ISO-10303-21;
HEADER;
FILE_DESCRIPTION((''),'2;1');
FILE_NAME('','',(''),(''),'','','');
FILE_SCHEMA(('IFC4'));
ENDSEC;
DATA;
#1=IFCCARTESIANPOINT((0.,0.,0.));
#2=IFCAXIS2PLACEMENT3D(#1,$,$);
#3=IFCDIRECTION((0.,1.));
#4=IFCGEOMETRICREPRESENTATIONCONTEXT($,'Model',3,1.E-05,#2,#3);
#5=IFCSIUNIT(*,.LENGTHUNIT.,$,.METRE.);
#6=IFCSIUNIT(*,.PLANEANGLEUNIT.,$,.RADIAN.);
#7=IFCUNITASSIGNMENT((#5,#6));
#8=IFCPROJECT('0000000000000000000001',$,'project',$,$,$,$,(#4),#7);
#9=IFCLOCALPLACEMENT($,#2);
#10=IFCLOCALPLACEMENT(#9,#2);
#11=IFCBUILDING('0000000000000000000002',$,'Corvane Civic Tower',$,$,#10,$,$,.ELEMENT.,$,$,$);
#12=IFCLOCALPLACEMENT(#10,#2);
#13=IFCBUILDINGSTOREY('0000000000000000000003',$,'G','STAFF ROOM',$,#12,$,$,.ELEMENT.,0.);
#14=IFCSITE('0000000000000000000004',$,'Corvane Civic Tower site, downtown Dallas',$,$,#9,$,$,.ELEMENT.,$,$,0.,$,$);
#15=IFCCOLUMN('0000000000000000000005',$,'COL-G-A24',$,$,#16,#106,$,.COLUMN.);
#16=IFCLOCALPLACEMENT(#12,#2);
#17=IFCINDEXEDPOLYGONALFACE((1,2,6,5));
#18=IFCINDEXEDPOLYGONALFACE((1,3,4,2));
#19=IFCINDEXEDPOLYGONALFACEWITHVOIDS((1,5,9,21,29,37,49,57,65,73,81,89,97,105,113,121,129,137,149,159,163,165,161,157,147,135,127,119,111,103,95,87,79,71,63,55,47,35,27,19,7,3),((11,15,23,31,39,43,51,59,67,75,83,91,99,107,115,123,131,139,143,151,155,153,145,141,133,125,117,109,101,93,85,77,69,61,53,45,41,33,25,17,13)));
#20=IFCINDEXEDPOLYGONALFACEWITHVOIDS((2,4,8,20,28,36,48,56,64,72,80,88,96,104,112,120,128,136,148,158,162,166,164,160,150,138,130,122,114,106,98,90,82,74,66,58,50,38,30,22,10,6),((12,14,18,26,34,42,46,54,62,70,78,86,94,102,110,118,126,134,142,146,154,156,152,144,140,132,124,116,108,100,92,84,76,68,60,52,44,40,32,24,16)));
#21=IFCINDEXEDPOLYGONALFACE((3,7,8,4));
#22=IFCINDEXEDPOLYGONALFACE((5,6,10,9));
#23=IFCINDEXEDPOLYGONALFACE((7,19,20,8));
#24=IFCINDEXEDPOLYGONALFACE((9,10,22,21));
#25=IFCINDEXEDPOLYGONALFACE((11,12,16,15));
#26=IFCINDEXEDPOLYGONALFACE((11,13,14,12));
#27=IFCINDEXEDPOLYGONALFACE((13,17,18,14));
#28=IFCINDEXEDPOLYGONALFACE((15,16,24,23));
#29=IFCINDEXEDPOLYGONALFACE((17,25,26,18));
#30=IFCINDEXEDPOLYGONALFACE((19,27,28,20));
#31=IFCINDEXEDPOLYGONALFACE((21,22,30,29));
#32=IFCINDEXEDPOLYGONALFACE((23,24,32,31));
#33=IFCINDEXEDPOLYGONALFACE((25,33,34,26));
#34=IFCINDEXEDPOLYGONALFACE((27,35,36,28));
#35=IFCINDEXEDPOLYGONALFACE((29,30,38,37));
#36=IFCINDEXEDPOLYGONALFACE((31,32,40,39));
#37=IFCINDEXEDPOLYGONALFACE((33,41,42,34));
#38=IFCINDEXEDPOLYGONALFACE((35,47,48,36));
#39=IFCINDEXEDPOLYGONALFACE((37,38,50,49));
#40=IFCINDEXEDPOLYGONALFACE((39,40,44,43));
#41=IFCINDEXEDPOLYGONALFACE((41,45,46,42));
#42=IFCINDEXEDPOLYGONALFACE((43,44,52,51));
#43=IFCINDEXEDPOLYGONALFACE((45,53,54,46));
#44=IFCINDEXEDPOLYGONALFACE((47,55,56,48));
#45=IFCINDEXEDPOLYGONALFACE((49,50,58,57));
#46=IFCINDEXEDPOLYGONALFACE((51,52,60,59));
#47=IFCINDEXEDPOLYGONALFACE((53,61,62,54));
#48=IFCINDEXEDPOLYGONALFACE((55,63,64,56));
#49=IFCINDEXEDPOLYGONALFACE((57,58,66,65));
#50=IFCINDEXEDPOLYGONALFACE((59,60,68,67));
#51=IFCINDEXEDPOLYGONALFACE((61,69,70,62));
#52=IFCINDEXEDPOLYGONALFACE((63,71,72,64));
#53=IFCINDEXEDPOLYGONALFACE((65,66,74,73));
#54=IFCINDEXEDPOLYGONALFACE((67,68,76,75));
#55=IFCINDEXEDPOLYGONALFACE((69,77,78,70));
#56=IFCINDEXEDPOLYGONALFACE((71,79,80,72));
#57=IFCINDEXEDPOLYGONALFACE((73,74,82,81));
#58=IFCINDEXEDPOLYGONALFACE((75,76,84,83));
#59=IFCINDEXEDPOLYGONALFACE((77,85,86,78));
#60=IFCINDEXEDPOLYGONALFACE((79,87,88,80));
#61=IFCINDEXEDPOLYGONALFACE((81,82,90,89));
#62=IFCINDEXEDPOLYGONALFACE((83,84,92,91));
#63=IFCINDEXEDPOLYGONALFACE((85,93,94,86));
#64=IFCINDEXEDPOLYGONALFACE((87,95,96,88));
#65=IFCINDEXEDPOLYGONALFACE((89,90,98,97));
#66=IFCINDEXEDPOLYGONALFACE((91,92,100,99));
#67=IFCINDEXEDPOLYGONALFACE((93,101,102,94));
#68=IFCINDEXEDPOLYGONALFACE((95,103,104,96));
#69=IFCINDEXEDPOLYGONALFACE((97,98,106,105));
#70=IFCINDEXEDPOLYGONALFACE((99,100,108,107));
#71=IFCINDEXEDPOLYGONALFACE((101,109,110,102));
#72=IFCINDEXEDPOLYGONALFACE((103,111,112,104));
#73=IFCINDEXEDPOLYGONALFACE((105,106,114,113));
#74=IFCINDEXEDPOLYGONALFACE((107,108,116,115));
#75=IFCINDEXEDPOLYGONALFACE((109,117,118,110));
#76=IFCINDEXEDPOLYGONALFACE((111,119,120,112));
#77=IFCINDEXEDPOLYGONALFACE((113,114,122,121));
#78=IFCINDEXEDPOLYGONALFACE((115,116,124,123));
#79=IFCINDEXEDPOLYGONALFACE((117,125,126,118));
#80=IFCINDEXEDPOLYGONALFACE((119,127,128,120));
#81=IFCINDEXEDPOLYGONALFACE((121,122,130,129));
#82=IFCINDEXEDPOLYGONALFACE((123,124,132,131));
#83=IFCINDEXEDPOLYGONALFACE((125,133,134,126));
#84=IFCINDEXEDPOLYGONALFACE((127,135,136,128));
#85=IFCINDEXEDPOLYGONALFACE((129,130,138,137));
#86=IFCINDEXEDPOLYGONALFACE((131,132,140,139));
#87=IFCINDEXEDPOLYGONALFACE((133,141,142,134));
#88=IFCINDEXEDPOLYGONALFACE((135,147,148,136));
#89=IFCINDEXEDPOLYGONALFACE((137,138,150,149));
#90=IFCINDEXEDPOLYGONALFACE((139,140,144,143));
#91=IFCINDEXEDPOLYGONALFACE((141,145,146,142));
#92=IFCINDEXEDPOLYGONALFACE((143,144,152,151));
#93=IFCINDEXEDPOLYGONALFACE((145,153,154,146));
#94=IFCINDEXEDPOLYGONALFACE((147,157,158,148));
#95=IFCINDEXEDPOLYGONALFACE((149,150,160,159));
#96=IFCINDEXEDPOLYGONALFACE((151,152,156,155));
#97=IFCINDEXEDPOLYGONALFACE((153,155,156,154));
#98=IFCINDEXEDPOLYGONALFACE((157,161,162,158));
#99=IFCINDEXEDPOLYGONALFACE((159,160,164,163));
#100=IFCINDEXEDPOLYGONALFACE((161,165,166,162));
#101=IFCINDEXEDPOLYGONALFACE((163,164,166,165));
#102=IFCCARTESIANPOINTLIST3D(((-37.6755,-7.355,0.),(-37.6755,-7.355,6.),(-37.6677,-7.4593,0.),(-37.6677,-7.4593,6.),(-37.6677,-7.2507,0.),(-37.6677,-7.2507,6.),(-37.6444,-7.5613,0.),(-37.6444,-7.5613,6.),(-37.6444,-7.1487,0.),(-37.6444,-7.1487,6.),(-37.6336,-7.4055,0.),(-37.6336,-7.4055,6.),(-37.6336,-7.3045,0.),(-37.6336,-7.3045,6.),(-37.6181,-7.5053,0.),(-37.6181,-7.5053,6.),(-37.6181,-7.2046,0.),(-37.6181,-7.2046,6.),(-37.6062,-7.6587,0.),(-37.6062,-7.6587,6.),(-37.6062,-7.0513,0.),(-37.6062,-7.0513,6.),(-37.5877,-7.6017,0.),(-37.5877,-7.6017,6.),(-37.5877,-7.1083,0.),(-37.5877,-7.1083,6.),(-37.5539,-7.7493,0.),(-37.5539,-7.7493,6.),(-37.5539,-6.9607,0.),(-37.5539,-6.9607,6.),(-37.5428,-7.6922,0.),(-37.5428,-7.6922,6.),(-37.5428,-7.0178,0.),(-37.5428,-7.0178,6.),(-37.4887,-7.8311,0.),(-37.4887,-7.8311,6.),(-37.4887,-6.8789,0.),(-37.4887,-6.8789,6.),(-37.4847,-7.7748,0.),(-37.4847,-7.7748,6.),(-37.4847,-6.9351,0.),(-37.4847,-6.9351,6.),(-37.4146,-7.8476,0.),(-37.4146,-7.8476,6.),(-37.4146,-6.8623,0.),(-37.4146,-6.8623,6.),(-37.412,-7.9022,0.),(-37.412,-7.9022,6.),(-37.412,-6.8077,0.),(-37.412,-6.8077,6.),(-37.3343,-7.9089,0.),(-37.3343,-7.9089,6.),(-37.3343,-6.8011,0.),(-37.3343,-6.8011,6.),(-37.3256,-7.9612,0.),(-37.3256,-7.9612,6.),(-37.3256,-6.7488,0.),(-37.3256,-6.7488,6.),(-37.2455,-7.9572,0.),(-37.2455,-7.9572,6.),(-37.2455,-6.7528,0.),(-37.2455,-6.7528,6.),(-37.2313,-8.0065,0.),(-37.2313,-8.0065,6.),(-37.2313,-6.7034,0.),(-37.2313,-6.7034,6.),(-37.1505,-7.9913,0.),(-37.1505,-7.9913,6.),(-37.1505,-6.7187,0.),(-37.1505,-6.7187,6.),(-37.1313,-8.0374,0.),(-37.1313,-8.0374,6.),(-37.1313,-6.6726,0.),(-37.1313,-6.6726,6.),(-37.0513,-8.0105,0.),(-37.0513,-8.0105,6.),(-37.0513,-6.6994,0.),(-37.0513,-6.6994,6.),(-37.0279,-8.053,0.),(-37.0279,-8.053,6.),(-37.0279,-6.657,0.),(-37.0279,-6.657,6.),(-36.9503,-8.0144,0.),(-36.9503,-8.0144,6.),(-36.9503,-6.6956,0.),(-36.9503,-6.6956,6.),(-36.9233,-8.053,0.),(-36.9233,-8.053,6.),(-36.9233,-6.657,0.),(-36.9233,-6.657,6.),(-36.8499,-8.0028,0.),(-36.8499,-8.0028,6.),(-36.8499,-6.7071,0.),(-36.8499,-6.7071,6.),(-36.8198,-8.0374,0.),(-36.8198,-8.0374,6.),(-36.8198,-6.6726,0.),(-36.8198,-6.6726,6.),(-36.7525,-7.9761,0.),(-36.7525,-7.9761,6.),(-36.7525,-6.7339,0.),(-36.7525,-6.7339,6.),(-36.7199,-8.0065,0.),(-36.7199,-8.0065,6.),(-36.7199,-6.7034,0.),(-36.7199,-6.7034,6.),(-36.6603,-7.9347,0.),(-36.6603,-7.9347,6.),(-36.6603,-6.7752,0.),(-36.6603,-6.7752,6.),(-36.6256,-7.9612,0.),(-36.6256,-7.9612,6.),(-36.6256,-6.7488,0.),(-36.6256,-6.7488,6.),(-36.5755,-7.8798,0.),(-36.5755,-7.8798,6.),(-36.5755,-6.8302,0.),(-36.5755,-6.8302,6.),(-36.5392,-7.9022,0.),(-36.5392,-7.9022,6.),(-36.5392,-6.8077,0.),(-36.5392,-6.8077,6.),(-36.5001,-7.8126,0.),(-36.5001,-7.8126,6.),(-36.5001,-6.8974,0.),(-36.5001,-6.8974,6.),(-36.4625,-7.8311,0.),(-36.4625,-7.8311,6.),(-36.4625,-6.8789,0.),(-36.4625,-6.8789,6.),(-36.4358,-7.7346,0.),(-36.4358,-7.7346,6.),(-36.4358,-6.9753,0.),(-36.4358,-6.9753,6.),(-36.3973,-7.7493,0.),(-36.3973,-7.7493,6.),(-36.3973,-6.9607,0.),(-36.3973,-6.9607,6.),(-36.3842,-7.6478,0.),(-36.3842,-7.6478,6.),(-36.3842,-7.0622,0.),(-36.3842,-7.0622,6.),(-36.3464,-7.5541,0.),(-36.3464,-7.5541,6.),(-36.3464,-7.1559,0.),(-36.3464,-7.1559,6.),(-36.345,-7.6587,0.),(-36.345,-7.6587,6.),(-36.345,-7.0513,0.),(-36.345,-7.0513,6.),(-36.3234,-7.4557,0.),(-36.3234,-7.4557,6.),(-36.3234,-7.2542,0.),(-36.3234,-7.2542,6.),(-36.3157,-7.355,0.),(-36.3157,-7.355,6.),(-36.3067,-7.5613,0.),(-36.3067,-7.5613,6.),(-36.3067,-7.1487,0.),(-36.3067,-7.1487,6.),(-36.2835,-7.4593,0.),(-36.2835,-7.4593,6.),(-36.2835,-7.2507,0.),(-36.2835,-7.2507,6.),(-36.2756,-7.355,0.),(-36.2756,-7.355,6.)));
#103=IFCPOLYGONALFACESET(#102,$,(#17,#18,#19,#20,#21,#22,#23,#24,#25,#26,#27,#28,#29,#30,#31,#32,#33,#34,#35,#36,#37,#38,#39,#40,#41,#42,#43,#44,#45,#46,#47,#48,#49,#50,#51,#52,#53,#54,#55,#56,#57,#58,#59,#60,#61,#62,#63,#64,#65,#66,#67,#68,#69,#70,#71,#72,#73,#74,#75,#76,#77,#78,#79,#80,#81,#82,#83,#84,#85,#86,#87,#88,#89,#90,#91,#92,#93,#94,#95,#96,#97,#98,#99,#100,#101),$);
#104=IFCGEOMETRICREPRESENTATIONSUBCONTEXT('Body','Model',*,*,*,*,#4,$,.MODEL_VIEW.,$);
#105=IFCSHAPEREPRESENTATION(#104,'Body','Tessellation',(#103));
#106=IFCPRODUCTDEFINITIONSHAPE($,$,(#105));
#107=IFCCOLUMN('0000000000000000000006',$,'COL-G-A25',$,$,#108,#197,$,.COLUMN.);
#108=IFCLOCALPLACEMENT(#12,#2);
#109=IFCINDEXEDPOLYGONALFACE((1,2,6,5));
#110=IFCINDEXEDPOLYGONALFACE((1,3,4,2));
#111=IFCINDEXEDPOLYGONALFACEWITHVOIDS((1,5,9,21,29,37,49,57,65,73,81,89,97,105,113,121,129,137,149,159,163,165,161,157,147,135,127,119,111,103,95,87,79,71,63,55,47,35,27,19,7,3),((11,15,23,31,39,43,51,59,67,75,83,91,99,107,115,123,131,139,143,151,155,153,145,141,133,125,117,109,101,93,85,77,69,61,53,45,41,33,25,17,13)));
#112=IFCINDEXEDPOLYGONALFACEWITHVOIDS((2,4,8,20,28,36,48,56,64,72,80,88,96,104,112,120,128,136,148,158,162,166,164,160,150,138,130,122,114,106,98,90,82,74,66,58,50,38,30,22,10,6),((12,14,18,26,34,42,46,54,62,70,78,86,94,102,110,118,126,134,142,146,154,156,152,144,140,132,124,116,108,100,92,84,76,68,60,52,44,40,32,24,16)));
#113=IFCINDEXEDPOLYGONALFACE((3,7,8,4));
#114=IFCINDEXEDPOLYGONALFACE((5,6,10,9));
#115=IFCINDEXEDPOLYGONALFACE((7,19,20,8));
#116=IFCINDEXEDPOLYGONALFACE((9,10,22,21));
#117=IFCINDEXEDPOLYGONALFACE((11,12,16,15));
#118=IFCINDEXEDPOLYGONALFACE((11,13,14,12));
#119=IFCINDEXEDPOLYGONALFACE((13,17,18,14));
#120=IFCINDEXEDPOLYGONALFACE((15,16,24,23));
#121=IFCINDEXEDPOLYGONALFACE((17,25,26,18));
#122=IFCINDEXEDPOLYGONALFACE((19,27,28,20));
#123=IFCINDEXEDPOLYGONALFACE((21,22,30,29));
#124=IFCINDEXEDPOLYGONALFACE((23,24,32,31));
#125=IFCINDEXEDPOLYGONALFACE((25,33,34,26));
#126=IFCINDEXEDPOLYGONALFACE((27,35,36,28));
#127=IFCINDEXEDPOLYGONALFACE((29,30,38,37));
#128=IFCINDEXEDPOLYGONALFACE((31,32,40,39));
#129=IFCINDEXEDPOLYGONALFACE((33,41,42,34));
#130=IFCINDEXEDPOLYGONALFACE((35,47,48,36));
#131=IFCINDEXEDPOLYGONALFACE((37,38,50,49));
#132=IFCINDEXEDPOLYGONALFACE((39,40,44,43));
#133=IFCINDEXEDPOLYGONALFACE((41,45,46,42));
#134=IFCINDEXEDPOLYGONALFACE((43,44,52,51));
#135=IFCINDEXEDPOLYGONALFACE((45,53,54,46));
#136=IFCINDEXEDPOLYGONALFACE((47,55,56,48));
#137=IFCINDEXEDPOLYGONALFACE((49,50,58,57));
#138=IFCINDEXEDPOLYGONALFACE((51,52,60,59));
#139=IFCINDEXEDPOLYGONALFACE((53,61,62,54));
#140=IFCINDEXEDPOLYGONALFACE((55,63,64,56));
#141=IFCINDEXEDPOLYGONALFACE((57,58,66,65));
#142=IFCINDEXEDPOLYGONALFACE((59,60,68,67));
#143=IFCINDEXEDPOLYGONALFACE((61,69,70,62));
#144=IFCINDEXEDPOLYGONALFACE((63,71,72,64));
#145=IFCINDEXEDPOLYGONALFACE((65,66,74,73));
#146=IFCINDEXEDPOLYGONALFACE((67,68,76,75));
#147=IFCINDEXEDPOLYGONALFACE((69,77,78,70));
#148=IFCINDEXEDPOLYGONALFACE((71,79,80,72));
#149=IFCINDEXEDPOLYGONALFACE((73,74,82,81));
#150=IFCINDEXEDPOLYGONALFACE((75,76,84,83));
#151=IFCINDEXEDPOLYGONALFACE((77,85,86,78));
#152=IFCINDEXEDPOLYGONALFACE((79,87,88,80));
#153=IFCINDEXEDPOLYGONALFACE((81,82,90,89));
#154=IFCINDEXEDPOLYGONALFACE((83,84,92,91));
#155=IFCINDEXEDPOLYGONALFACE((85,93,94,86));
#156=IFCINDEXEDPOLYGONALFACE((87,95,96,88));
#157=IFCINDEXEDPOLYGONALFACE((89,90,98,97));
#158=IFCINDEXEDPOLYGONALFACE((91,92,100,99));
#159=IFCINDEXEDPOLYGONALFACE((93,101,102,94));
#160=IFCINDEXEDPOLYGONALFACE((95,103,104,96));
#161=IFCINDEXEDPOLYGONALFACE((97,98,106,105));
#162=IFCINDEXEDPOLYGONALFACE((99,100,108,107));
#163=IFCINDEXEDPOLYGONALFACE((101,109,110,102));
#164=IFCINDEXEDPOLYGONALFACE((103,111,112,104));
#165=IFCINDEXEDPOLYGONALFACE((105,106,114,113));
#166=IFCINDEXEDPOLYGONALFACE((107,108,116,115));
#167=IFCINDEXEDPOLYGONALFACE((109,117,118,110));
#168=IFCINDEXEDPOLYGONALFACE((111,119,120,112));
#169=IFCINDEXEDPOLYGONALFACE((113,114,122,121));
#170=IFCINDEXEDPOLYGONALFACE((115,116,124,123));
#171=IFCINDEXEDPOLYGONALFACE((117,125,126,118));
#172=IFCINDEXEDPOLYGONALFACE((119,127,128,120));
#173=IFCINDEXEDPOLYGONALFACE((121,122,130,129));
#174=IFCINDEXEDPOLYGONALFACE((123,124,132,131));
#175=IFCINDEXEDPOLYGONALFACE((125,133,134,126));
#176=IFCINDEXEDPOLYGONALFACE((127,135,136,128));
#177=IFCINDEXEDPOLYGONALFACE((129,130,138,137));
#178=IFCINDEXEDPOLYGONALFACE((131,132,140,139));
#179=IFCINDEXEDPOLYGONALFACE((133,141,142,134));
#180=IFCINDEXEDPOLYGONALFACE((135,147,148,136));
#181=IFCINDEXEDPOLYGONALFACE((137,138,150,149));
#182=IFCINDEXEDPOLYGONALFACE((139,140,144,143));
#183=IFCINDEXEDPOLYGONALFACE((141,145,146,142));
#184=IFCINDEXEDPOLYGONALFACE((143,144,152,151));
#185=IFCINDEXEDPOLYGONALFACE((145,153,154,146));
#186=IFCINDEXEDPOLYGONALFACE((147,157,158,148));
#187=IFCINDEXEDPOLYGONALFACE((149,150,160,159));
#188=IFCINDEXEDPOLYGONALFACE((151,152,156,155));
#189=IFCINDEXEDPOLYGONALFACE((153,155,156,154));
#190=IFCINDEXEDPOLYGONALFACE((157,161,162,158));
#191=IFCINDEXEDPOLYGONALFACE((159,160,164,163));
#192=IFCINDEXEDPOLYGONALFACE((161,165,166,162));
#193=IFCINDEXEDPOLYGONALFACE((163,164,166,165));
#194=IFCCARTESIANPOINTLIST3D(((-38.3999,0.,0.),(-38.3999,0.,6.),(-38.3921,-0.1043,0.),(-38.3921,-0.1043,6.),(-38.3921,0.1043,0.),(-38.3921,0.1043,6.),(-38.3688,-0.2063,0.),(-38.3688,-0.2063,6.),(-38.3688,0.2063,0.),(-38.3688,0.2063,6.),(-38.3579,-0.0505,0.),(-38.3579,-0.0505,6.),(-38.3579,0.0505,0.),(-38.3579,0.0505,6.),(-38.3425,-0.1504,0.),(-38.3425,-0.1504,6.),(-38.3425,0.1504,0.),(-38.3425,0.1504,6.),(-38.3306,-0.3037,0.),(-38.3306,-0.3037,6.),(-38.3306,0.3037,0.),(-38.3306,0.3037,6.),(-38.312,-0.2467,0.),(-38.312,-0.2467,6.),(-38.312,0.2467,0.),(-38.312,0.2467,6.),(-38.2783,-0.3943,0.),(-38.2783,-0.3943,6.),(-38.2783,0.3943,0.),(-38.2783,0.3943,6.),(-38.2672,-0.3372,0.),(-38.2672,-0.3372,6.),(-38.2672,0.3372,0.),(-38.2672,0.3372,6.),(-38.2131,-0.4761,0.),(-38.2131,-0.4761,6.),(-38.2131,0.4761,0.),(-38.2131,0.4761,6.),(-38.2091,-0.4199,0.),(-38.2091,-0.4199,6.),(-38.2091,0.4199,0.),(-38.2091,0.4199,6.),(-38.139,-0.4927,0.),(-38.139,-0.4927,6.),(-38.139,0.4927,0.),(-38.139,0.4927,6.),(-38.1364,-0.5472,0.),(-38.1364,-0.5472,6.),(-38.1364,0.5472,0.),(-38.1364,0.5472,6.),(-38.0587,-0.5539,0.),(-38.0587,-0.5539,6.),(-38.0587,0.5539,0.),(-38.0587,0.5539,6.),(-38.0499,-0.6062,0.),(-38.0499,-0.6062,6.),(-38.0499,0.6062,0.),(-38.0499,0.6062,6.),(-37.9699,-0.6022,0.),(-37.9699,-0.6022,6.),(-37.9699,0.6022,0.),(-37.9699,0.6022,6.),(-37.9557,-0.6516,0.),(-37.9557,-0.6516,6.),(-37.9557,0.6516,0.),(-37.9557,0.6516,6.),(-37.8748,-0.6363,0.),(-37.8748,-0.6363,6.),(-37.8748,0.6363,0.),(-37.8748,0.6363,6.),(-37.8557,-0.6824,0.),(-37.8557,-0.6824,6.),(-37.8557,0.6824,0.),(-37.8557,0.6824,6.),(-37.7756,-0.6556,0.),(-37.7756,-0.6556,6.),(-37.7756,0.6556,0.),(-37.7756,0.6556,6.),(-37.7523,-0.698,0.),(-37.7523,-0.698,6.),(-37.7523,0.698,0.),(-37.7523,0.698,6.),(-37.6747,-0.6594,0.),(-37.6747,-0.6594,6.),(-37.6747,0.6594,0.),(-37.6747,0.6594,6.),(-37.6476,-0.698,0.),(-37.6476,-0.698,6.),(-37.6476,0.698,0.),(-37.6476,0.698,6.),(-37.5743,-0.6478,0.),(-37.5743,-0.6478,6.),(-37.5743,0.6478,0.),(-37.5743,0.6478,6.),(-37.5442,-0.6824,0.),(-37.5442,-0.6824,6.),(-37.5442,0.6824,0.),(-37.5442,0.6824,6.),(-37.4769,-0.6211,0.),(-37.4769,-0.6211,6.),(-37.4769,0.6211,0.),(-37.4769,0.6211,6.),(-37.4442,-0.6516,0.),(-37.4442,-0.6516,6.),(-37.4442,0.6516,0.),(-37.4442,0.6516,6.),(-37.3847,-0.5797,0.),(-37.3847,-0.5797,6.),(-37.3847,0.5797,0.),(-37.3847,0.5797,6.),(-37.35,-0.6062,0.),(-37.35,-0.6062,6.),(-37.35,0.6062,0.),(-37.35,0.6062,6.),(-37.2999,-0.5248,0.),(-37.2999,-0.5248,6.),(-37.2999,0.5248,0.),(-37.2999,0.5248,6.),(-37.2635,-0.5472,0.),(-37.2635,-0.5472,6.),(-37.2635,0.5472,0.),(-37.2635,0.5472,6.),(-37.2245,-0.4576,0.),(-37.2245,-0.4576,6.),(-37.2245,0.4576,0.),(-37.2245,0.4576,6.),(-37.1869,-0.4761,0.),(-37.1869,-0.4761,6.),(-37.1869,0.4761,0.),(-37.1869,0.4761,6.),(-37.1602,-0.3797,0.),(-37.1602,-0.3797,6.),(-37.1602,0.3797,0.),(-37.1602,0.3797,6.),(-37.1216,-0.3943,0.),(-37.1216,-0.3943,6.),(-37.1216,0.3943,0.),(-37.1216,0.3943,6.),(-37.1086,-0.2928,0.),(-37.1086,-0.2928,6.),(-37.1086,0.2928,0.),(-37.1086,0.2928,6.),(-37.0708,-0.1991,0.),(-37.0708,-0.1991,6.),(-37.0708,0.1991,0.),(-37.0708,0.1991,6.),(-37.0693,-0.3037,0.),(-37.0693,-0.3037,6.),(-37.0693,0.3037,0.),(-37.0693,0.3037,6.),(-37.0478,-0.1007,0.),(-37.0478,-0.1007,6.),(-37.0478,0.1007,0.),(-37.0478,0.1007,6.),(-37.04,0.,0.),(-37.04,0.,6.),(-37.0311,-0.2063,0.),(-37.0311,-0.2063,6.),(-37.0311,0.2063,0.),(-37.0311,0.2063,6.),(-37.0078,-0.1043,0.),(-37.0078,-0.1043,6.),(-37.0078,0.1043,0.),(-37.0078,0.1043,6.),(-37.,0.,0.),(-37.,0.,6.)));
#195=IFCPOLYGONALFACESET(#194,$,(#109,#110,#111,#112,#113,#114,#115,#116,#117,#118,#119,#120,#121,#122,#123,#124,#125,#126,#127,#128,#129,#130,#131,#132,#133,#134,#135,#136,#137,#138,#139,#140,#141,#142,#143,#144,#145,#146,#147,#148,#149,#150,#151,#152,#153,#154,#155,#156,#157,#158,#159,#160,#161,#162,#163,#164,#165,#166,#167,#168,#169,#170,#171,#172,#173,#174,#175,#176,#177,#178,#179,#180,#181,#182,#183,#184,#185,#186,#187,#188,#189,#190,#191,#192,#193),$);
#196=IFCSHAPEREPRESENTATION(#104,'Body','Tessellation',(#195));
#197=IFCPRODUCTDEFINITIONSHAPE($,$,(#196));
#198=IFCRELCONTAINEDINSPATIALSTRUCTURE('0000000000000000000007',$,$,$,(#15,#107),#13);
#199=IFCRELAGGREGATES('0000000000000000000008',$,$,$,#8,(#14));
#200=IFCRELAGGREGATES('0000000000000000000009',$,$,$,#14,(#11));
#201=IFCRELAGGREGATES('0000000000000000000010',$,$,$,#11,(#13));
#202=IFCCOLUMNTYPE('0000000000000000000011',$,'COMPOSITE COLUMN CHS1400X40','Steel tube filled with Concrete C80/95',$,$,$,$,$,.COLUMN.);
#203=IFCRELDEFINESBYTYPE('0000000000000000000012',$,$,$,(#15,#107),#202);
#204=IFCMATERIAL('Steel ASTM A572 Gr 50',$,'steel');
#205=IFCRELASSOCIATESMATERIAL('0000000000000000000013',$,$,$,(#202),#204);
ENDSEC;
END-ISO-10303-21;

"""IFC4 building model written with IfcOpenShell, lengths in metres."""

from ifc_helpers import new_model, si_unit, direction, frame, origin, origin_2d, place, context, subcontext, project, spatial, hollow_circle, extrude, material, material_profile, profile_set, type_object, element, save


model = new_model("IFC4")

# Units and contexts
model_context = context("Model", 3, precision=1e-05, world=origin(), true_north=direction((0.0, 1.0)))
body_context = subcontext(model_context, "Body", "Model", "MODEL_VIEW")
ifc_project = project(units=[si_unit("LENGTHUNIT", "METRE"), si_unit("PLANEANGLEUNIT", "RADIAN")], contexts=[model_context])

# Site, building, storey
site_placement = place(None, origin())
site = spatial("IfcSite", under=ifc_project, at=site_placement, Name="Corvane Civic Tower site, downtown Dallas", CompositionType="ELEMENT", RefElevation=0.0)
building_placement = place(site_placement, origin())
building = spatial("IfcBuilding", under=site, at=building_placement, Name="Corvane Civic Tower", CompositionType="ELEMENT")
storey_placement = place(building_placement, origin())
storey = spatial("IfcBuildingStorey", under=building, at=storey_placement, Name="G", Description="STAFF ROOM", CompositionType="ELEMENT", Elevation=0.0)

# Columns
ifc_material_1 = material(Name="Steel ASTM A572 Gr 50", Category="steel")
ifc_material_profile_1 = material_profile(ifc_material_1, hollow_circle(Radius=0.7, WallThickness=0.04, at=origin_2d()), Name="CHS1400X40")
ifc_profile_set_1 = profile_set([ifc_material_profile_1], Name="Steel ASTM A572 Gr 50")
column_type_1 = type_object("IfcColumnType", Name="COMPOSITE COLUMN CHS1400X40", Description="Steel tube filled with Concrete C80/95", PredefinedType="COLUMN", material=ifc_profile_set_1)
for number, where, z_axis, x_axis, name in (
    (1, (-36.9756, -7.355, 0.0), (0.0, 0.0, 1.0), (1.0, 0.0, 0.0), "COL-G-A24"),
    (2, (-37.7, 0.0, 0.0), (0.0, 0.0, 1.0), (1.0, 0.0, 0.0), "COL-G-A25"),
):
    element("IfcColumn", number, at=place(storey_placement, frame(where, z_axis=z_axis, x_axis=x_axis)), inside=storey, type_object=column_type_1, Name=name, PredefinedType="COLUMN", context=body_context, shape_type="SweptSolid", body=[
        extrude(hollow_circle(Radius=0.7, WallThickness=0.04, at=origin_2d()), origin(), (0.0, 0.0, 1.0), 6.0),
    ])

save(model, "model.ifc")
